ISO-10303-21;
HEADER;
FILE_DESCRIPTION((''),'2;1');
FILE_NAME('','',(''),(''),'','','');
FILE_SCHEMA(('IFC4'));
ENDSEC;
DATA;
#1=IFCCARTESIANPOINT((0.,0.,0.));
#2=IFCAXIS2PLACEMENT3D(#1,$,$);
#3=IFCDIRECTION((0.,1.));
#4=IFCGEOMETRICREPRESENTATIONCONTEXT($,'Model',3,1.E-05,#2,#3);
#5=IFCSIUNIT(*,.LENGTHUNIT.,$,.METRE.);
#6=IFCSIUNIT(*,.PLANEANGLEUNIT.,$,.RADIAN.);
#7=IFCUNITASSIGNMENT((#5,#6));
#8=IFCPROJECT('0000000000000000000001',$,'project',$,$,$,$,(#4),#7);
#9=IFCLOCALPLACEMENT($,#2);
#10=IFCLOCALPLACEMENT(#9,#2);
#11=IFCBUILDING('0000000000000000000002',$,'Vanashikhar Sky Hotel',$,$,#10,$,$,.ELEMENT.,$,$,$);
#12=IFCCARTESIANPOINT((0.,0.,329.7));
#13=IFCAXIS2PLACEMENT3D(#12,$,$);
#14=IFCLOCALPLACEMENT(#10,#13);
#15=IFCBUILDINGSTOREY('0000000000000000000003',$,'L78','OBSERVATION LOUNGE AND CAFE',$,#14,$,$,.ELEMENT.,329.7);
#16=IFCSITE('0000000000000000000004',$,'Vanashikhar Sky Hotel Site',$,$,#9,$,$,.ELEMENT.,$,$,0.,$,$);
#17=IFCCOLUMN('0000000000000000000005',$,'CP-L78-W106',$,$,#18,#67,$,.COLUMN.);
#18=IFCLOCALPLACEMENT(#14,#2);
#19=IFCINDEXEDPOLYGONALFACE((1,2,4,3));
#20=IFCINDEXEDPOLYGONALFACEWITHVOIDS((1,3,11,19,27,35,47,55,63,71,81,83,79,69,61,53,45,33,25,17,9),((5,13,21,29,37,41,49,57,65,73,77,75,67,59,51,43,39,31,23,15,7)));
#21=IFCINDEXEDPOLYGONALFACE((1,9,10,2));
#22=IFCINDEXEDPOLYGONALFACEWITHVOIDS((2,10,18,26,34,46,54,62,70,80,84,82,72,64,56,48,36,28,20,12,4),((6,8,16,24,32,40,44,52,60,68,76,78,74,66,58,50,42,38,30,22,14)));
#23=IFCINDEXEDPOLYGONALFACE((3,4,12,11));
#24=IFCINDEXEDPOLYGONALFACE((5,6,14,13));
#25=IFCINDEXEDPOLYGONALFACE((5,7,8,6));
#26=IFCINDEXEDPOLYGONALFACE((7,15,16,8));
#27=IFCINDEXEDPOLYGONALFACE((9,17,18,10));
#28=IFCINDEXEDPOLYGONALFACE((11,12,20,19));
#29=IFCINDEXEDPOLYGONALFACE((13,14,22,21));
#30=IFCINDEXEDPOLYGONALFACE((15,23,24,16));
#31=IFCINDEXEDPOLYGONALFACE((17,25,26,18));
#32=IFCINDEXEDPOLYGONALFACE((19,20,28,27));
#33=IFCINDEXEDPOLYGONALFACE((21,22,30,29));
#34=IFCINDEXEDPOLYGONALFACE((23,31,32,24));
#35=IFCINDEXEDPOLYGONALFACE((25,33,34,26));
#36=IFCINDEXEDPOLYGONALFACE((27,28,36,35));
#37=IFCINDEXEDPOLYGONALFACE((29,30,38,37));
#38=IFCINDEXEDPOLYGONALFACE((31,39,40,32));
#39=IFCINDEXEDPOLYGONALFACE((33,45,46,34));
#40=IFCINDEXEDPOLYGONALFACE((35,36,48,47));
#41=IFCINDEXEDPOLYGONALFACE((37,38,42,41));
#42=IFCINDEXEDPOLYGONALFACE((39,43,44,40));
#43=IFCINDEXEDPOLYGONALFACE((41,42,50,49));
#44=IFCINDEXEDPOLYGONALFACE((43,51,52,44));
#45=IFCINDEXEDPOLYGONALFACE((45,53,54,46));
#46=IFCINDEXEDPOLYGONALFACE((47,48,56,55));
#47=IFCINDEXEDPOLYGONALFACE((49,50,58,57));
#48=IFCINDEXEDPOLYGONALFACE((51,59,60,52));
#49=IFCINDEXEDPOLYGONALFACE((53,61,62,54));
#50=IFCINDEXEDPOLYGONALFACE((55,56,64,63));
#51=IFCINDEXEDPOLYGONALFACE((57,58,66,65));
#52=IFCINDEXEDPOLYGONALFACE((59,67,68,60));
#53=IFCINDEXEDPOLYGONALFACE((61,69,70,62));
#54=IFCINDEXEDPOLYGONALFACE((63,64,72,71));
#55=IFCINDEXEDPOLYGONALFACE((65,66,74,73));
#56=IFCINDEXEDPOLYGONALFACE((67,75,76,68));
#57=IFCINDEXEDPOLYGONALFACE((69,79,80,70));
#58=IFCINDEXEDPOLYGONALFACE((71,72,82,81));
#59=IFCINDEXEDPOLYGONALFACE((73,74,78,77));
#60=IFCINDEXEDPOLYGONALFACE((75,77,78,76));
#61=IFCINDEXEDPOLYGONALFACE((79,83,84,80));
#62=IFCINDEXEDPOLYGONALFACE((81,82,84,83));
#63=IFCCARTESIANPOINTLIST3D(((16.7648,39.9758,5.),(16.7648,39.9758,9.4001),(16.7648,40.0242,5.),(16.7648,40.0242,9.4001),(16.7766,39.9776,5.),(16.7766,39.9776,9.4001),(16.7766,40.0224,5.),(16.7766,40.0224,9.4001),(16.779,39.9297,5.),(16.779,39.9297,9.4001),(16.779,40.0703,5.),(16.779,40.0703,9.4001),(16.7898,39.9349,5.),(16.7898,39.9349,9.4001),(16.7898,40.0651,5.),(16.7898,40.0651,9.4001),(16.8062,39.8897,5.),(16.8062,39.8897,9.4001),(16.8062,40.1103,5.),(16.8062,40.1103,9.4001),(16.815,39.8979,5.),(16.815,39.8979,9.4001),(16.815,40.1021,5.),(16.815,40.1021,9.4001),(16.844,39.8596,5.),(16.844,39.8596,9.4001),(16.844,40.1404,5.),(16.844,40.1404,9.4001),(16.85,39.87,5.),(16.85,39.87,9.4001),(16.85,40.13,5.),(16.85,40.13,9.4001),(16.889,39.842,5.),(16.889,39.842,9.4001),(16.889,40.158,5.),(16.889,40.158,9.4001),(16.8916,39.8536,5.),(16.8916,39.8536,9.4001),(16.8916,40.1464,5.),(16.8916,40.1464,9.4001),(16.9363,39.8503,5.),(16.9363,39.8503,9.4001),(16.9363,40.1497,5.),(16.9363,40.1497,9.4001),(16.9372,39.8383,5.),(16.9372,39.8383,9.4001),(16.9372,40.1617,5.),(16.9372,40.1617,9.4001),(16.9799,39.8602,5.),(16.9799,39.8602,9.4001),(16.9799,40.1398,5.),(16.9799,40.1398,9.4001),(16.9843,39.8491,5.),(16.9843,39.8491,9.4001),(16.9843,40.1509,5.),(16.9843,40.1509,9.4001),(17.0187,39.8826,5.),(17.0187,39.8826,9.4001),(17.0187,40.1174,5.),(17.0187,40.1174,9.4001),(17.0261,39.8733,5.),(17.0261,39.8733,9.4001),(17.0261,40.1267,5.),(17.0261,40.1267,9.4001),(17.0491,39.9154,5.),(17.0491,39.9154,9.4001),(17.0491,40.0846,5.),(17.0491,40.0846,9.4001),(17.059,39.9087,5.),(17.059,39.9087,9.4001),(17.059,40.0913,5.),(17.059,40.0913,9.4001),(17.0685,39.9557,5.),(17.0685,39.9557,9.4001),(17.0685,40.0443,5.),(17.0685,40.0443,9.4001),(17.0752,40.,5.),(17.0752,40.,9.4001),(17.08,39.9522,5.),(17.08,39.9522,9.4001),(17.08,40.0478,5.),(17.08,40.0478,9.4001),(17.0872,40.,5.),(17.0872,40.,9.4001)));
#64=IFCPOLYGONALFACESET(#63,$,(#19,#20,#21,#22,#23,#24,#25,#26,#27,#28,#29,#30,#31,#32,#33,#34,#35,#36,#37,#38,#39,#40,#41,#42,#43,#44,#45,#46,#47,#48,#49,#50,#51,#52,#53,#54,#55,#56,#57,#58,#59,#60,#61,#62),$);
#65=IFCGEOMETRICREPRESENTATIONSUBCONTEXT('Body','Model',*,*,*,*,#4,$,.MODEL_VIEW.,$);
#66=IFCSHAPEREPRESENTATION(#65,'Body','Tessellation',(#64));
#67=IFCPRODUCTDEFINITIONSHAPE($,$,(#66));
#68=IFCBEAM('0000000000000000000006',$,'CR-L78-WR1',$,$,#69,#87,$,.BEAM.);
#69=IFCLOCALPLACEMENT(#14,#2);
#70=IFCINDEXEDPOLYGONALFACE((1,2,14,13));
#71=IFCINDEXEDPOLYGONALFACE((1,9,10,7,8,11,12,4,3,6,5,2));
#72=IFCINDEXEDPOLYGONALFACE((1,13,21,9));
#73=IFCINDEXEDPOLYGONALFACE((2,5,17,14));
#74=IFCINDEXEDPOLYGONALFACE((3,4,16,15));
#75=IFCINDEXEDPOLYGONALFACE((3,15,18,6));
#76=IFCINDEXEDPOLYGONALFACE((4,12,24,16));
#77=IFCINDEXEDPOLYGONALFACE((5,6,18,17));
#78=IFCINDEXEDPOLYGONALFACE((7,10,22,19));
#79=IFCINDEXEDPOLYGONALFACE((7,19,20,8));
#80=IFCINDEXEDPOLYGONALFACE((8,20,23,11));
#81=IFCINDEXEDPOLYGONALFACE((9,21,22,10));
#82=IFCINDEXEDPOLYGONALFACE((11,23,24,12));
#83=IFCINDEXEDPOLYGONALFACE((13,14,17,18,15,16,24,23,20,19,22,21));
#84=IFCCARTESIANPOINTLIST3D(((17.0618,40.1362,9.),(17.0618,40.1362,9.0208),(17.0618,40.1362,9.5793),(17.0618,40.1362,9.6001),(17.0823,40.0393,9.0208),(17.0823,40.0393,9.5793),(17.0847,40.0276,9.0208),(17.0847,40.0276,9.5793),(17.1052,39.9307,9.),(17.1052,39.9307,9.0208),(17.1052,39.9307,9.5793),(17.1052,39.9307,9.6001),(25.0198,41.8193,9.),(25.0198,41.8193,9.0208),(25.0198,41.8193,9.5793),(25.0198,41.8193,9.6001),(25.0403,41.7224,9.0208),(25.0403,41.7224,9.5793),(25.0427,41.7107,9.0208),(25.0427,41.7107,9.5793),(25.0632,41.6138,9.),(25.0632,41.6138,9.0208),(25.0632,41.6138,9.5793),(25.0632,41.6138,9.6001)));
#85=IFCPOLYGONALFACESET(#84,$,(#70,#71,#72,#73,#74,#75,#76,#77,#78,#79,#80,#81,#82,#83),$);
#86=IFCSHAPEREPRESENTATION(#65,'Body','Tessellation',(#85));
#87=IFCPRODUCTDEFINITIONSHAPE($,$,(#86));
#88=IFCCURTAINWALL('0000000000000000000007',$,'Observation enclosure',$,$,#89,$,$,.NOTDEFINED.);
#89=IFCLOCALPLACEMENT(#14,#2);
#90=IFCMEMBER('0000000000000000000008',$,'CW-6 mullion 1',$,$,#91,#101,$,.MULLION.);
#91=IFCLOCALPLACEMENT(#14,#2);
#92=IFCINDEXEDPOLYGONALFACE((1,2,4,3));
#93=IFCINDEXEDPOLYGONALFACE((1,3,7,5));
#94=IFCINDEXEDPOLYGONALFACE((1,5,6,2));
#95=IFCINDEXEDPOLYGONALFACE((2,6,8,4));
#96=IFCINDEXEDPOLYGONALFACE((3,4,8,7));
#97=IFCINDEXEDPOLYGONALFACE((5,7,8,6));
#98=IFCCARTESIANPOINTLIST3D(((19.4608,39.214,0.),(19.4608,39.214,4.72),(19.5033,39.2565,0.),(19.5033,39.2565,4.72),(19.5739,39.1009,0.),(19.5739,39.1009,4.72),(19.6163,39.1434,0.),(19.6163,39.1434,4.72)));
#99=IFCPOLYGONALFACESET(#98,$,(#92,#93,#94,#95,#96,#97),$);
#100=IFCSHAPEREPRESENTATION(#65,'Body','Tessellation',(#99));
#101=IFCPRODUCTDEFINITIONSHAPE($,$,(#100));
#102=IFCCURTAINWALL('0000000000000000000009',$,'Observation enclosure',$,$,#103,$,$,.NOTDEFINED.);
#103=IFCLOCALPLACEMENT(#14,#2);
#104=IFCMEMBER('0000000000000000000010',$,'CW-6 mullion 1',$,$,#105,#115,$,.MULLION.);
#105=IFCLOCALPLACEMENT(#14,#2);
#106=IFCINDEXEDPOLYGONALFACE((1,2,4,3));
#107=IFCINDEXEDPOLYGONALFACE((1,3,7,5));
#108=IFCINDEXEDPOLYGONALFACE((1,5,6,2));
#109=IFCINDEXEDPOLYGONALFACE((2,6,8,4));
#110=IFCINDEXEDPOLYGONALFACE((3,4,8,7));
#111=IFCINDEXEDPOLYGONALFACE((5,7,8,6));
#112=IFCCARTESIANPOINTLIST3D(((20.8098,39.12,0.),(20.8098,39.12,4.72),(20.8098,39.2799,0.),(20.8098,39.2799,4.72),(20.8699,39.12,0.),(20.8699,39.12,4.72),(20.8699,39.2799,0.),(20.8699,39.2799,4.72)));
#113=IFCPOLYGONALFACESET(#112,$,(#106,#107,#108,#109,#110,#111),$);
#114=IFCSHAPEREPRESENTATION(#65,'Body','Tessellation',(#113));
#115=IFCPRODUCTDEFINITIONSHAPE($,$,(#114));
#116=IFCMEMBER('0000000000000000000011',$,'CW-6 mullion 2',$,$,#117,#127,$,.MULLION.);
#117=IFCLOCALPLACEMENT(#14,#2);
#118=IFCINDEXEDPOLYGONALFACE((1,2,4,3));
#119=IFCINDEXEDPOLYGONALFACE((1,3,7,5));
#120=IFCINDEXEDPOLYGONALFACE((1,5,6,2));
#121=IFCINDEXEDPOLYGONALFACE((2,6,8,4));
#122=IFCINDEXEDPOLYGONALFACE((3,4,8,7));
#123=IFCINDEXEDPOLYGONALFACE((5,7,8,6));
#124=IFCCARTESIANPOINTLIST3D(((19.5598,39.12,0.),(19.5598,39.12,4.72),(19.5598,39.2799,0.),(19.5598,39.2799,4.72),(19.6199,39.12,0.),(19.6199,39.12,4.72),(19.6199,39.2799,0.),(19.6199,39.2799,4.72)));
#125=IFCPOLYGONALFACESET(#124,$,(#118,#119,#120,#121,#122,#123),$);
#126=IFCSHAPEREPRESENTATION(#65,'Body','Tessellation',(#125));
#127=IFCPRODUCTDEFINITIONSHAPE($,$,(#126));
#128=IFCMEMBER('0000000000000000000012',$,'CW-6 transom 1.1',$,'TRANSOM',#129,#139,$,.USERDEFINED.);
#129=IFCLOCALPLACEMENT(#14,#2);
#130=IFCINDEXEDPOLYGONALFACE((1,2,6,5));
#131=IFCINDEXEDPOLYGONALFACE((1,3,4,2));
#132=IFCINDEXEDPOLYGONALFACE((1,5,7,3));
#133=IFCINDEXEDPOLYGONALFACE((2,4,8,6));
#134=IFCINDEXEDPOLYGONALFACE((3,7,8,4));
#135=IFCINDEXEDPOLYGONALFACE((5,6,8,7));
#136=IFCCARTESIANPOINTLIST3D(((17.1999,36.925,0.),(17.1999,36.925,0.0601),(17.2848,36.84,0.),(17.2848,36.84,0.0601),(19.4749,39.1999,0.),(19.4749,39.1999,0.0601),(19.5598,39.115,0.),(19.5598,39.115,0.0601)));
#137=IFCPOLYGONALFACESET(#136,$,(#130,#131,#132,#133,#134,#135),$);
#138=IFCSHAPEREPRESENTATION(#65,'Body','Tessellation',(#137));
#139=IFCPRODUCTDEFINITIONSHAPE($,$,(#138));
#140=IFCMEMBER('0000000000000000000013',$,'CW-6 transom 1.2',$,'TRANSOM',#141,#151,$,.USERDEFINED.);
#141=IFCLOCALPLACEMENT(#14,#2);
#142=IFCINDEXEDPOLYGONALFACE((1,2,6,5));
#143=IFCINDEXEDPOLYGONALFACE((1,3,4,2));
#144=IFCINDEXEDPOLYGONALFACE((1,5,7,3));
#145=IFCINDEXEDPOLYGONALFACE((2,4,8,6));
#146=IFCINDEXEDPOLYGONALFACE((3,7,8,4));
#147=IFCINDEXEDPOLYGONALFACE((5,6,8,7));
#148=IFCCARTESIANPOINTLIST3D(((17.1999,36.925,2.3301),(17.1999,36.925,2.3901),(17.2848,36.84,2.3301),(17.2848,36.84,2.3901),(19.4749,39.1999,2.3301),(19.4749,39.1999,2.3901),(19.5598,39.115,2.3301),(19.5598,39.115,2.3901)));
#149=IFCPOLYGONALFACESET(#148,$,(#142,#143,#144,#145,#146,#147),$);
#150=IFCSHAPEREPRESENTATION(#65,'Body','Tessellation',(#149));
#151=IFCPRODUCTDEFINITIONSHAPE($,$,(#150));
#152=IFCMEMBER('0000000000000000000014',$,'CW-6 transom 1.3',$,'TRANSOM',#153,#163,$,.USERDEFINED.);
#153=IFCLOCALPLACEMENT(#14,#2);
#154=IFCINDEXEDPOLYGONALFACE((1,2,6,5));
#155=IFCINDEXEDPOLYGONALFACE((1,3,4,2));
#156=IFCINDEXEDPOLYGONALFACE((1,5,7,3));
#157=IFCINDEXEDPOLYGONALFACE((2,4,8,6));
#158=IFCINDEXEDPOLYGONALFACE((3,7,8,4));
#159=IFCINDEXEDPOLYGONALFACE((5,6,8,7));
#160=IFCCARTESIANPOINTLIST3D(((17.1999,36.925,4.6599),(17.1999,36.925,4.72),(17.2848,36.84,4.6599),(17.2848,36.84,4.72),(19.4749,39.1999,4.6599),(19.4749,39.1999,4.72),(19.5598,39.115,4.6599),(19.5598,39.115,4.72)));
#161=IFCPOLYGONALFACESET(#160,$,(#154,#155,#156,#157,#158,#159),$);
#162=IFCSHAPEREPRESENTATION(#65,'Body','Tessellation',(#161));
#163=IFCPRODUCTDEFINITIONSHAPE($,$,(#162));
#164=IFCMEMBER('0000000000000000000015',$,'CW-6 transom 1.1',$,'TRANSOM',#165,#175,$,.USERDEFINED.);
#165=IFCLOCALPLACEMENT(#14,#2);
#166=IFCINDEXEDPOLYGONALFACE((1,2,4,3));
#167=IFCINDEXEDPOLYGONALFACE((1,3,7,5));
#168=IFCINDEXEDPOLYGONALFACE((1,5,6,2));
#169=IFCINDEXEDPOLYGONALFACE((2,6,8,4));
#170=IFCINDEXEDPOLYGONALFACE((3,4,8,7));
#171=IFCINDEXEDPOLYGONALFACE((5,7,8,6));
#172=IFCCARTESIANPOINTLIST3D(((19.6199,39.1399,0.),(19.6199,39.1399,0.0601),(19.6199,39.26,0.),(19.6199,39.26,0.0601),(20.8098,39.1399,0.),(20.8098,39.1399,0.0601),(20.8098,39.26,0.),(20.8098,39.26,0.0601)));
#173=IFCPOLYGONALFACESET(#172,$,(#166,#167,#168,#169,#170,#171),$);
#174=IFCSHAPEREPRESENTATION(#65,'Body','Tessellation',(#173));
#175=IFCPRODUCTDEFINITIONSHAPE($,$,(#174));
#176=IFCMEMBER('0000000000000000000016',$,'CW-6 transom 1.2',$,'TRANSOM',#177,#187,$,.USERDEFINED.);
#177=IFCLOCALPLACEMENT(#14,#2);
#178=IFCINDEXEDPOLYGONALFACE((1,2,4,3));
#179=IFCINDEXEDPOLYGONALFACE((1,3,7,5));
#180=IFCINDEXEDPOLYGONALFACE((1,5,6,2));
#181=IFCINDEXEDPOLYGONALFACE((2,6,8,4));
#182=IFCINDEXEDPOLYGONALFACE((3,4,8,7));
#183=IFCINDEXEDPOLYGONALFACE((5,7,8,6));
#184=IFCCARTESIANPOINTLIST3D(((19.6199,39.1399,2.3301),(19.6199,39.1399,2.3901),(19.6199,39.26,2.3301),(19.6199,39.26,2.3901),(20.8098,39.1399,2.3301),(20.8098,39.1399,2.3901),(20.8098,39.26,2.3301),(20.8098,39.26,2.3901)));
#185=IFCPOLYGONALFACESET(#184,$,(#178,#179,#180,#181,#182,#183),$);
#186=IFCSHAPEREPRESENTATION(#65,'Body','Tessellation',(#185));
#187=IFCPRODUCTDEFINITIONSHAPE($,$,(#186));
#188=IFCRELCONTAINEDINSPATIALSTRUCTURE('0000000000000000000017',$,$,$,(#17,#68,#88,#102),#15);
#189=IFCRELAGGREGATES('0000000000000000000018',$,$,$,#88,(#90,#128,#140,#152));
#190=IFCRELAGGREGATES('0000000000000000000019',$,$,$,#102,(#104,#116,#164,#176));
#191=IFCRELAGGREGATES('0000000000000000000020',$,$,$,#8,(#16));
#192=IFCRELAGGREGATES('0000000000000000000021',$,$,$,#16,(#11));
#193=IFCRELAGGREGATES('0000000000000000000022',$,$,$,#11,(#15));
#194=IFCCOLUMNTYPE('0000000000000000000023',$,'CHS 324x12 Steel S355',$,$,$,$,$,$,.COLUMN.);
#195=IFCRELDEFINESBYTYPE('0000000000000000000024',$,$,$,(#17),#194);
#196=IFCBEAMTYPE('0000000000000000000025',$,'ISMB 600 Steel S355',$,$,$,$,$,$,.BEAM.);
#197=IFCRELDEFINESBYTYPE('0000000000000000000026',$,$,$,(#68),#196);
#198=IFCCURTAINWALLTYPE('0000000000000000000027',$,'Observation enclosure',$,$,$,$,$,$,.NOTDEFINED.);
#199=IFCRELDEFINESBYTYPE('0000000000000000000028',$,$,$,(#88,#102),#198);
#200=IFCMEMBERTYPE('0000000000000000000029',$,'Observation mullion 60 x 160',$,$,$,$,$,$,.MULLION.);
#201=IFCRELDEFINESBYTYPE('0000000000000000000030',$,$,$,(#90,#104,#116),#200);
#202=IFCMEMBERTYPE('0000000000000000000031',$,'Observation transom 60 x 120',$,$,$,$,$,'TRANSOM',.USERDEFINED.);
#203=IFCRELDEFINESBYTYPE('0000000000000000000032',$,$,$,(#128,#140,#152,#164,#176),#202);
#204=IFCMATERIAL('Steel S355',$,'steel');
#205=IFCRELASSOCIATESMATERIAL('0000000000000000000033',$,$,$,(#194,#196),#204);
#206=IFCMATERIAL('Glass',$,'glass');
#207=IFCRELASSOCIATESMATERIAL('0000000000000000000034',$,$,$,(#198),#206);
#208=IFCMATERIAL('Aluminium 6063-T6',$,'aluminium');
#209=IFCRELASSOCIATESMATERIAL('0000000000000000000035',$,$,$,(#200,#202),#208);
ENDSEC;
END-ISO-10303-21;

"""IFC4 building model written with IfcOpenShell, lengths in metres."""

from ifc_helpers import new_model, si_unit, direction, frame, origin, origin_2d, place, context, subcontext, project, spatial, rectangle, hollow_circle, i_section, extrude, source, transform, mapped, material, material_profile, profile_set, type_object, element, aggregate, save


model = new_model("IFC4")

# Units and contexts
model_context = context("Model", 3, precision=1e-05, world=origin(), true_north=direction((0.0, 1.0)))
body_context = subcontext(model_context, "Body", "Model", "MODEL_VIEW")
ifc_project = project(units=[si_unit("LENGTHUNIT", "METRE"), si_unit("PLANEANGLEUNIT", "RADIAN")], contexts=[model_context])

# Site, building, storey
site_placement = place(None, origin())
site = spatial("IfcSite", under=ifc_project, at=site_placement, Name="Vanashikhar Sky Hotel Site", CompositionType="ELEMENT", RefElevation=0.0)
building_placement = place(site_placement, origin())
building = spatial("IfcBuilding", under=site, at=building_placement, Name="Vanashikhar Sky Hotel", CompositionType="ELEMENT")
storey_placement = place(building_placement, frame((0.0, 0.0, 329.7)))
storey = spatial("IfcBuildingStorey", under=building, at=storey_placement, Name="L78", Description="OBSERVATION LOUNGE AND CAFE", CompositionType="ELEMENT", Elevation=329.7)

# Column
ifc_material_1 = material(Name="Steel S355", Category="steel")
ifc_material_profile_1 = material_profile(ifc_material_1, hollow_circle(Radius=0.1621, WallThickness=0.012, at=origin_2d()))
ifc_profile_set_1 = profile_set([ifc_material_profile_1], Name="CHS 324x12 Steel S355")
column_type = type_object("IfcColumnType", Name="CHS 324x12 Steel S355", PredefinedType="COLUMN", material=ifc_profile_set_1)
shared_shape_1 = source(origin(), body_context, "Body", "SweptSolid", [
    extrude(hollow_circle(Radius=0.1621, WallThickness=0.012, at=origin_2d()), origin(), (0.0, 0.0, 1.0), 4.4001),
])
column_placement = place(storey_placement, frame((16.925, 40.0, 5.0), z_axis=(0.0, 0.0, 1.0), x_axis=(1.0, 0.0, 0.0)))
element("IfcColumn", 1, at=column_placement, inside=storey, type_object=column_type, Name="CP-L78-W106", PredefinedType="COLUMN", context=body_context, shape_type="MappedRepresentation", body=[
    mapped(shared_shape_1, transform((0.0, 0.0, 0.0), scale=1.0)),
])

# Beam
ifc_material_profile_2 = material_profile(ifc_material_1, i_section(OverallWidth=0.21, OverallDepth=0.6001, WebThickness=0.012, FlangeThickness=0.0208, at=origin_2d()), Name="ISMB 600")
ifc_profile_set_2 = profile_set([ifc_material_profile_2], Name="Steel S355")
beam_type = type_object("IfcBeamType", Name="ISMB 600 Steel S355", PredefinedType="BEAM", material=ifc_profile_set_2)
shared_shape_2 = source(origin(), body_context, "Body", "SweptSolid", [
    extrude(i_section(OverallWidth=0.21, OverallDepth=0.6001, WebThickness=0.012, FlangeThickness=0.0208, at=origin_2d()), origin(), (0.0, 0.0, 1.0), 8.134),
])
beam_placement = place(storey_placement, frame((17.0835, 40.0334, 9.3), z_axis=(0.978358, 0.206921, 0.0), x_axis=(-0.206921, 0.978358, 0.0)))
element("IfcBeam", 2, at=beam_placement, inside=storey, type_object=beam_type, Name="CR-L78-WR1", PredefinedType="BEAM", context=body_context, shape_type="MappedRepresentation", body=[
    mapped(shared_shape_2, transform((0.0, 0.0, 0.0), scale=1.0)),
])

# Curtain wall, member
ifc_material_2 = material(Name="Glass", Category="glass")
curtain_wall_type = type_object("IfcCurtainWallType", Name="Observation enclosure", PredefinedType="NOTDEFINED", material=ifc_material_2)
curtain_wall_1_placement = place(storey_placement, origin())
curtain_wall_1 = element("IfcCurtainWall", 3, at=curtain_wall_1_placement, inside=storey, type_object=curtain_wall_type, Name="Observation enclosure", PredefinedType="NOTDEFINED")
ifc_material_3 = material(Name="Aluminium 6063-T6", Category="aluminium")
ifc_material_profile_3 = material_profile(ifc_material_3, rectangle(XDim=0.1599, YDim=0.0601, at=origin_2d()))
ifc_profile_set_3 = profile_set([ifc_material_profile_3], Name="Aluminium 6063-T6")
member_type_1 = type_object("IfcMemberType", Name="Observation mullion 60 x 160", PredefinedType="MULLION", material=ifc_profile_set_3)
shared_shape_3 = source(origin(), body_context, "Body", "SweptSolid", [
    extrude(rectangle(XDim=0.1599, YDim=0.0601, at=origin_2d()), origin(), (0.0, 0.0, 1.0), 4.72),
])
member_1_placement = place(storey_placement, frame((19.5386, 39.1787, 0.0), z_axis=(0.0, 0.0, 1.0), x_axis=(0.707107, -0.707107, 0.0)))
member_1 = element("IfcMember", 4, at=member_1_placement, type_object=member_type_1, Name="CW-6 mullion 1", PredefinedType="MULLION", context=body_context, shape_type="MappedRepresentation", body=[
    mapped(shared_shape_3, transform((0.0, 0.0, 0.0), scale=1.0)),
])

# Curtain wall, members
curtain_wall_2_placement = place(storey_placement, origin())
curtain_wall_2 = element("IfcCurtainWall", 5, at=curtain_wall_2_placement, inside=storey, type_object=curtain_wall_type, Name="Observation enclosure", PredefinedType="NOTDEFINED")
member_2_placement = place(storey_placement, frame((20.8398, 39.2, 0.0), z_axis=(0.0, 0.0, 1.0), x_axis=(0.0, -1.0, 0.0)))
member_2 = element("IfcMember", 6, at=member_2_placement, type_object=member_type_1, Name="CW-6 mullion 1", PredefinedType="MULLION", context=body_context, shape_type="MappedRepresentation", body=[
    mapped(shared_shape_3, transform((0.0, 0.0, 0.0), scale=1.0)),
])
member_3_placement = place(storey_placement, frame((19.5898, 39.2, 0.0), z_axis=(0.0, 0.0, 1.0), x_axis=(0.0, -1.0, 0.0)))
member_3 = element("IfcMember", 7, at=member_3_placement, type_object=member_type_1, Name="CW-6 mullion 2", PredefinedType="MULLION", context=body_context, shape_type="MappedRepresentation", body=[
    mapped(shared_shape_3, transform((0.0, 0.0, 0.0), scale=1.0)),
])

# Members
ifc_material_profile_4 = material_profile(ifc_material_3, rectangle(XDim=0.1201, YDim=0.0601, at=origin_2d()))
ifc_profile_set_4 = profile_set([ifc_material_profile_4], Name="Aluminium 6063-T6")
member_type_2 = type_object("IfcMemberType", Name="Observation transom 60 x 120", ElementType="TRANSOM", PredefinedType="USERDEFINED", material=ifc_profile_set_4)
shared_shape_4 = source(origin(), body_context, "Body", "SweptSolid", [
    extrude(rectangle(XDim=0.1201, YDim=0.0601, at=origin_2d()), origin(), (0.0, 0.0, 1.0), 3.2173),
])
member_4_placement = place(storey_placement, frame((19.5173, 39.1575, 0.03), z_axis=(-0.707107, -0.707107, 0.0), x_axis=(0.707107, -0.707107, 0.0)))
member_4 = element("IfcMember", 8, at=member_4_placement, type_object=member_type_2, Name="CW-6 transom 1.1", ObjectType="TRANSOM", PredefinedType="USERDEFINED", context=body_context, shape_type="MappedRepresentation", body=[
    mapped(shared_shape_4, transform((0.0, 0.0, 0.0), scale=1.0)),
])
member_5_placement = place(storey_placement, frame((19.5173, 39.1575, 2.3601), z_axis=(-0.707107, -0.707107, 0.0), x_axis=(0.707107, -0.707107, 0.0)))
member_5 = element("IfcMember", 9, at=member_5_placement, type_object=member_type_2, Name="CW-6 transom 1.2", ObjectType="TRANSOM", PredefinedType="USERDEFINED", context=body_context, shape_type="MappedRepresentation", body=[
    mapped(shared_shape_4, transform((0.0, 0.0, 0.0), scale=1.0)),
])
member_6_placement = place(storey_placement, frame((19.5173, 39.1575, 4.6899), z_axis=(-0.707107, -0.707107, 0.0), x_axis=(0.707107, -0.707107, 0.0)))
member_6 = element("IfcMember", 10, at=member_6_placement, type_object=member_type_2, Name="CW-6 transom 1.3", ObjectType="TRANSOM", PredefinedType="USERDEFINED", context=body_context, shape_type="MappedRepresentation", body=[
    mapped(shared_shape_4, transform((0.0, 0.0, 0.0), scale=1.0)),
])
shared_shape_5 = source(origin(), body_context, "Body", "SweptSolid", [
    extrude(rectangle(XDim=0.1201, YDim=0.0601, at=origin_2d()), origin(), (0.0, 0.0, 1.0), 1.1899),
])
member_7_placement = place(storey_placement, frame((20.8098, 39.2, 0.03), z_axis=(-1.0, 0.0, 0.0), x_axis=(0.0, -1.0, 0.0)))
member_7 = element("IfcMember", 11, at=member_7_placement, type_object=member_type_2, Name="CW-6 transom 1.1", ObjectType="TRANSOM", PredefinedType="USERDEFINED", context=body_context, shape_type="MappedRepresentation", body=[
    mapped(shared_shape_5, transform((0.0, 0.0, 0.0), scale=1.0)),
])
member_8_placement = place(storey_placement, frame((20.8098, 39.2, 2.3601), z_axis=(-1.0, 0.0, 0.0), x_axis=(0.0, -1.0, 0.0)))
member_8 = element("IfcMember", 12, at=member_8_placement, type_object=member_type_2, Name="CW-6 transom 1.2", ObjectType="TRANSOM", PredefinedType="USERDEFINED", context=body_context, shape_type="MappedRepresentation", body=[
    mapped(shared_shape_5, transform((0.0, 0.0, 0.0), scale=1.0)),
])

aggregate(curtain_wall_1, [member_1, member_4, member_5, member_6])
aggregate(curtain_wall_2, [member_2, member_3, member_7, member_8])

save(model, "model.ifc")
